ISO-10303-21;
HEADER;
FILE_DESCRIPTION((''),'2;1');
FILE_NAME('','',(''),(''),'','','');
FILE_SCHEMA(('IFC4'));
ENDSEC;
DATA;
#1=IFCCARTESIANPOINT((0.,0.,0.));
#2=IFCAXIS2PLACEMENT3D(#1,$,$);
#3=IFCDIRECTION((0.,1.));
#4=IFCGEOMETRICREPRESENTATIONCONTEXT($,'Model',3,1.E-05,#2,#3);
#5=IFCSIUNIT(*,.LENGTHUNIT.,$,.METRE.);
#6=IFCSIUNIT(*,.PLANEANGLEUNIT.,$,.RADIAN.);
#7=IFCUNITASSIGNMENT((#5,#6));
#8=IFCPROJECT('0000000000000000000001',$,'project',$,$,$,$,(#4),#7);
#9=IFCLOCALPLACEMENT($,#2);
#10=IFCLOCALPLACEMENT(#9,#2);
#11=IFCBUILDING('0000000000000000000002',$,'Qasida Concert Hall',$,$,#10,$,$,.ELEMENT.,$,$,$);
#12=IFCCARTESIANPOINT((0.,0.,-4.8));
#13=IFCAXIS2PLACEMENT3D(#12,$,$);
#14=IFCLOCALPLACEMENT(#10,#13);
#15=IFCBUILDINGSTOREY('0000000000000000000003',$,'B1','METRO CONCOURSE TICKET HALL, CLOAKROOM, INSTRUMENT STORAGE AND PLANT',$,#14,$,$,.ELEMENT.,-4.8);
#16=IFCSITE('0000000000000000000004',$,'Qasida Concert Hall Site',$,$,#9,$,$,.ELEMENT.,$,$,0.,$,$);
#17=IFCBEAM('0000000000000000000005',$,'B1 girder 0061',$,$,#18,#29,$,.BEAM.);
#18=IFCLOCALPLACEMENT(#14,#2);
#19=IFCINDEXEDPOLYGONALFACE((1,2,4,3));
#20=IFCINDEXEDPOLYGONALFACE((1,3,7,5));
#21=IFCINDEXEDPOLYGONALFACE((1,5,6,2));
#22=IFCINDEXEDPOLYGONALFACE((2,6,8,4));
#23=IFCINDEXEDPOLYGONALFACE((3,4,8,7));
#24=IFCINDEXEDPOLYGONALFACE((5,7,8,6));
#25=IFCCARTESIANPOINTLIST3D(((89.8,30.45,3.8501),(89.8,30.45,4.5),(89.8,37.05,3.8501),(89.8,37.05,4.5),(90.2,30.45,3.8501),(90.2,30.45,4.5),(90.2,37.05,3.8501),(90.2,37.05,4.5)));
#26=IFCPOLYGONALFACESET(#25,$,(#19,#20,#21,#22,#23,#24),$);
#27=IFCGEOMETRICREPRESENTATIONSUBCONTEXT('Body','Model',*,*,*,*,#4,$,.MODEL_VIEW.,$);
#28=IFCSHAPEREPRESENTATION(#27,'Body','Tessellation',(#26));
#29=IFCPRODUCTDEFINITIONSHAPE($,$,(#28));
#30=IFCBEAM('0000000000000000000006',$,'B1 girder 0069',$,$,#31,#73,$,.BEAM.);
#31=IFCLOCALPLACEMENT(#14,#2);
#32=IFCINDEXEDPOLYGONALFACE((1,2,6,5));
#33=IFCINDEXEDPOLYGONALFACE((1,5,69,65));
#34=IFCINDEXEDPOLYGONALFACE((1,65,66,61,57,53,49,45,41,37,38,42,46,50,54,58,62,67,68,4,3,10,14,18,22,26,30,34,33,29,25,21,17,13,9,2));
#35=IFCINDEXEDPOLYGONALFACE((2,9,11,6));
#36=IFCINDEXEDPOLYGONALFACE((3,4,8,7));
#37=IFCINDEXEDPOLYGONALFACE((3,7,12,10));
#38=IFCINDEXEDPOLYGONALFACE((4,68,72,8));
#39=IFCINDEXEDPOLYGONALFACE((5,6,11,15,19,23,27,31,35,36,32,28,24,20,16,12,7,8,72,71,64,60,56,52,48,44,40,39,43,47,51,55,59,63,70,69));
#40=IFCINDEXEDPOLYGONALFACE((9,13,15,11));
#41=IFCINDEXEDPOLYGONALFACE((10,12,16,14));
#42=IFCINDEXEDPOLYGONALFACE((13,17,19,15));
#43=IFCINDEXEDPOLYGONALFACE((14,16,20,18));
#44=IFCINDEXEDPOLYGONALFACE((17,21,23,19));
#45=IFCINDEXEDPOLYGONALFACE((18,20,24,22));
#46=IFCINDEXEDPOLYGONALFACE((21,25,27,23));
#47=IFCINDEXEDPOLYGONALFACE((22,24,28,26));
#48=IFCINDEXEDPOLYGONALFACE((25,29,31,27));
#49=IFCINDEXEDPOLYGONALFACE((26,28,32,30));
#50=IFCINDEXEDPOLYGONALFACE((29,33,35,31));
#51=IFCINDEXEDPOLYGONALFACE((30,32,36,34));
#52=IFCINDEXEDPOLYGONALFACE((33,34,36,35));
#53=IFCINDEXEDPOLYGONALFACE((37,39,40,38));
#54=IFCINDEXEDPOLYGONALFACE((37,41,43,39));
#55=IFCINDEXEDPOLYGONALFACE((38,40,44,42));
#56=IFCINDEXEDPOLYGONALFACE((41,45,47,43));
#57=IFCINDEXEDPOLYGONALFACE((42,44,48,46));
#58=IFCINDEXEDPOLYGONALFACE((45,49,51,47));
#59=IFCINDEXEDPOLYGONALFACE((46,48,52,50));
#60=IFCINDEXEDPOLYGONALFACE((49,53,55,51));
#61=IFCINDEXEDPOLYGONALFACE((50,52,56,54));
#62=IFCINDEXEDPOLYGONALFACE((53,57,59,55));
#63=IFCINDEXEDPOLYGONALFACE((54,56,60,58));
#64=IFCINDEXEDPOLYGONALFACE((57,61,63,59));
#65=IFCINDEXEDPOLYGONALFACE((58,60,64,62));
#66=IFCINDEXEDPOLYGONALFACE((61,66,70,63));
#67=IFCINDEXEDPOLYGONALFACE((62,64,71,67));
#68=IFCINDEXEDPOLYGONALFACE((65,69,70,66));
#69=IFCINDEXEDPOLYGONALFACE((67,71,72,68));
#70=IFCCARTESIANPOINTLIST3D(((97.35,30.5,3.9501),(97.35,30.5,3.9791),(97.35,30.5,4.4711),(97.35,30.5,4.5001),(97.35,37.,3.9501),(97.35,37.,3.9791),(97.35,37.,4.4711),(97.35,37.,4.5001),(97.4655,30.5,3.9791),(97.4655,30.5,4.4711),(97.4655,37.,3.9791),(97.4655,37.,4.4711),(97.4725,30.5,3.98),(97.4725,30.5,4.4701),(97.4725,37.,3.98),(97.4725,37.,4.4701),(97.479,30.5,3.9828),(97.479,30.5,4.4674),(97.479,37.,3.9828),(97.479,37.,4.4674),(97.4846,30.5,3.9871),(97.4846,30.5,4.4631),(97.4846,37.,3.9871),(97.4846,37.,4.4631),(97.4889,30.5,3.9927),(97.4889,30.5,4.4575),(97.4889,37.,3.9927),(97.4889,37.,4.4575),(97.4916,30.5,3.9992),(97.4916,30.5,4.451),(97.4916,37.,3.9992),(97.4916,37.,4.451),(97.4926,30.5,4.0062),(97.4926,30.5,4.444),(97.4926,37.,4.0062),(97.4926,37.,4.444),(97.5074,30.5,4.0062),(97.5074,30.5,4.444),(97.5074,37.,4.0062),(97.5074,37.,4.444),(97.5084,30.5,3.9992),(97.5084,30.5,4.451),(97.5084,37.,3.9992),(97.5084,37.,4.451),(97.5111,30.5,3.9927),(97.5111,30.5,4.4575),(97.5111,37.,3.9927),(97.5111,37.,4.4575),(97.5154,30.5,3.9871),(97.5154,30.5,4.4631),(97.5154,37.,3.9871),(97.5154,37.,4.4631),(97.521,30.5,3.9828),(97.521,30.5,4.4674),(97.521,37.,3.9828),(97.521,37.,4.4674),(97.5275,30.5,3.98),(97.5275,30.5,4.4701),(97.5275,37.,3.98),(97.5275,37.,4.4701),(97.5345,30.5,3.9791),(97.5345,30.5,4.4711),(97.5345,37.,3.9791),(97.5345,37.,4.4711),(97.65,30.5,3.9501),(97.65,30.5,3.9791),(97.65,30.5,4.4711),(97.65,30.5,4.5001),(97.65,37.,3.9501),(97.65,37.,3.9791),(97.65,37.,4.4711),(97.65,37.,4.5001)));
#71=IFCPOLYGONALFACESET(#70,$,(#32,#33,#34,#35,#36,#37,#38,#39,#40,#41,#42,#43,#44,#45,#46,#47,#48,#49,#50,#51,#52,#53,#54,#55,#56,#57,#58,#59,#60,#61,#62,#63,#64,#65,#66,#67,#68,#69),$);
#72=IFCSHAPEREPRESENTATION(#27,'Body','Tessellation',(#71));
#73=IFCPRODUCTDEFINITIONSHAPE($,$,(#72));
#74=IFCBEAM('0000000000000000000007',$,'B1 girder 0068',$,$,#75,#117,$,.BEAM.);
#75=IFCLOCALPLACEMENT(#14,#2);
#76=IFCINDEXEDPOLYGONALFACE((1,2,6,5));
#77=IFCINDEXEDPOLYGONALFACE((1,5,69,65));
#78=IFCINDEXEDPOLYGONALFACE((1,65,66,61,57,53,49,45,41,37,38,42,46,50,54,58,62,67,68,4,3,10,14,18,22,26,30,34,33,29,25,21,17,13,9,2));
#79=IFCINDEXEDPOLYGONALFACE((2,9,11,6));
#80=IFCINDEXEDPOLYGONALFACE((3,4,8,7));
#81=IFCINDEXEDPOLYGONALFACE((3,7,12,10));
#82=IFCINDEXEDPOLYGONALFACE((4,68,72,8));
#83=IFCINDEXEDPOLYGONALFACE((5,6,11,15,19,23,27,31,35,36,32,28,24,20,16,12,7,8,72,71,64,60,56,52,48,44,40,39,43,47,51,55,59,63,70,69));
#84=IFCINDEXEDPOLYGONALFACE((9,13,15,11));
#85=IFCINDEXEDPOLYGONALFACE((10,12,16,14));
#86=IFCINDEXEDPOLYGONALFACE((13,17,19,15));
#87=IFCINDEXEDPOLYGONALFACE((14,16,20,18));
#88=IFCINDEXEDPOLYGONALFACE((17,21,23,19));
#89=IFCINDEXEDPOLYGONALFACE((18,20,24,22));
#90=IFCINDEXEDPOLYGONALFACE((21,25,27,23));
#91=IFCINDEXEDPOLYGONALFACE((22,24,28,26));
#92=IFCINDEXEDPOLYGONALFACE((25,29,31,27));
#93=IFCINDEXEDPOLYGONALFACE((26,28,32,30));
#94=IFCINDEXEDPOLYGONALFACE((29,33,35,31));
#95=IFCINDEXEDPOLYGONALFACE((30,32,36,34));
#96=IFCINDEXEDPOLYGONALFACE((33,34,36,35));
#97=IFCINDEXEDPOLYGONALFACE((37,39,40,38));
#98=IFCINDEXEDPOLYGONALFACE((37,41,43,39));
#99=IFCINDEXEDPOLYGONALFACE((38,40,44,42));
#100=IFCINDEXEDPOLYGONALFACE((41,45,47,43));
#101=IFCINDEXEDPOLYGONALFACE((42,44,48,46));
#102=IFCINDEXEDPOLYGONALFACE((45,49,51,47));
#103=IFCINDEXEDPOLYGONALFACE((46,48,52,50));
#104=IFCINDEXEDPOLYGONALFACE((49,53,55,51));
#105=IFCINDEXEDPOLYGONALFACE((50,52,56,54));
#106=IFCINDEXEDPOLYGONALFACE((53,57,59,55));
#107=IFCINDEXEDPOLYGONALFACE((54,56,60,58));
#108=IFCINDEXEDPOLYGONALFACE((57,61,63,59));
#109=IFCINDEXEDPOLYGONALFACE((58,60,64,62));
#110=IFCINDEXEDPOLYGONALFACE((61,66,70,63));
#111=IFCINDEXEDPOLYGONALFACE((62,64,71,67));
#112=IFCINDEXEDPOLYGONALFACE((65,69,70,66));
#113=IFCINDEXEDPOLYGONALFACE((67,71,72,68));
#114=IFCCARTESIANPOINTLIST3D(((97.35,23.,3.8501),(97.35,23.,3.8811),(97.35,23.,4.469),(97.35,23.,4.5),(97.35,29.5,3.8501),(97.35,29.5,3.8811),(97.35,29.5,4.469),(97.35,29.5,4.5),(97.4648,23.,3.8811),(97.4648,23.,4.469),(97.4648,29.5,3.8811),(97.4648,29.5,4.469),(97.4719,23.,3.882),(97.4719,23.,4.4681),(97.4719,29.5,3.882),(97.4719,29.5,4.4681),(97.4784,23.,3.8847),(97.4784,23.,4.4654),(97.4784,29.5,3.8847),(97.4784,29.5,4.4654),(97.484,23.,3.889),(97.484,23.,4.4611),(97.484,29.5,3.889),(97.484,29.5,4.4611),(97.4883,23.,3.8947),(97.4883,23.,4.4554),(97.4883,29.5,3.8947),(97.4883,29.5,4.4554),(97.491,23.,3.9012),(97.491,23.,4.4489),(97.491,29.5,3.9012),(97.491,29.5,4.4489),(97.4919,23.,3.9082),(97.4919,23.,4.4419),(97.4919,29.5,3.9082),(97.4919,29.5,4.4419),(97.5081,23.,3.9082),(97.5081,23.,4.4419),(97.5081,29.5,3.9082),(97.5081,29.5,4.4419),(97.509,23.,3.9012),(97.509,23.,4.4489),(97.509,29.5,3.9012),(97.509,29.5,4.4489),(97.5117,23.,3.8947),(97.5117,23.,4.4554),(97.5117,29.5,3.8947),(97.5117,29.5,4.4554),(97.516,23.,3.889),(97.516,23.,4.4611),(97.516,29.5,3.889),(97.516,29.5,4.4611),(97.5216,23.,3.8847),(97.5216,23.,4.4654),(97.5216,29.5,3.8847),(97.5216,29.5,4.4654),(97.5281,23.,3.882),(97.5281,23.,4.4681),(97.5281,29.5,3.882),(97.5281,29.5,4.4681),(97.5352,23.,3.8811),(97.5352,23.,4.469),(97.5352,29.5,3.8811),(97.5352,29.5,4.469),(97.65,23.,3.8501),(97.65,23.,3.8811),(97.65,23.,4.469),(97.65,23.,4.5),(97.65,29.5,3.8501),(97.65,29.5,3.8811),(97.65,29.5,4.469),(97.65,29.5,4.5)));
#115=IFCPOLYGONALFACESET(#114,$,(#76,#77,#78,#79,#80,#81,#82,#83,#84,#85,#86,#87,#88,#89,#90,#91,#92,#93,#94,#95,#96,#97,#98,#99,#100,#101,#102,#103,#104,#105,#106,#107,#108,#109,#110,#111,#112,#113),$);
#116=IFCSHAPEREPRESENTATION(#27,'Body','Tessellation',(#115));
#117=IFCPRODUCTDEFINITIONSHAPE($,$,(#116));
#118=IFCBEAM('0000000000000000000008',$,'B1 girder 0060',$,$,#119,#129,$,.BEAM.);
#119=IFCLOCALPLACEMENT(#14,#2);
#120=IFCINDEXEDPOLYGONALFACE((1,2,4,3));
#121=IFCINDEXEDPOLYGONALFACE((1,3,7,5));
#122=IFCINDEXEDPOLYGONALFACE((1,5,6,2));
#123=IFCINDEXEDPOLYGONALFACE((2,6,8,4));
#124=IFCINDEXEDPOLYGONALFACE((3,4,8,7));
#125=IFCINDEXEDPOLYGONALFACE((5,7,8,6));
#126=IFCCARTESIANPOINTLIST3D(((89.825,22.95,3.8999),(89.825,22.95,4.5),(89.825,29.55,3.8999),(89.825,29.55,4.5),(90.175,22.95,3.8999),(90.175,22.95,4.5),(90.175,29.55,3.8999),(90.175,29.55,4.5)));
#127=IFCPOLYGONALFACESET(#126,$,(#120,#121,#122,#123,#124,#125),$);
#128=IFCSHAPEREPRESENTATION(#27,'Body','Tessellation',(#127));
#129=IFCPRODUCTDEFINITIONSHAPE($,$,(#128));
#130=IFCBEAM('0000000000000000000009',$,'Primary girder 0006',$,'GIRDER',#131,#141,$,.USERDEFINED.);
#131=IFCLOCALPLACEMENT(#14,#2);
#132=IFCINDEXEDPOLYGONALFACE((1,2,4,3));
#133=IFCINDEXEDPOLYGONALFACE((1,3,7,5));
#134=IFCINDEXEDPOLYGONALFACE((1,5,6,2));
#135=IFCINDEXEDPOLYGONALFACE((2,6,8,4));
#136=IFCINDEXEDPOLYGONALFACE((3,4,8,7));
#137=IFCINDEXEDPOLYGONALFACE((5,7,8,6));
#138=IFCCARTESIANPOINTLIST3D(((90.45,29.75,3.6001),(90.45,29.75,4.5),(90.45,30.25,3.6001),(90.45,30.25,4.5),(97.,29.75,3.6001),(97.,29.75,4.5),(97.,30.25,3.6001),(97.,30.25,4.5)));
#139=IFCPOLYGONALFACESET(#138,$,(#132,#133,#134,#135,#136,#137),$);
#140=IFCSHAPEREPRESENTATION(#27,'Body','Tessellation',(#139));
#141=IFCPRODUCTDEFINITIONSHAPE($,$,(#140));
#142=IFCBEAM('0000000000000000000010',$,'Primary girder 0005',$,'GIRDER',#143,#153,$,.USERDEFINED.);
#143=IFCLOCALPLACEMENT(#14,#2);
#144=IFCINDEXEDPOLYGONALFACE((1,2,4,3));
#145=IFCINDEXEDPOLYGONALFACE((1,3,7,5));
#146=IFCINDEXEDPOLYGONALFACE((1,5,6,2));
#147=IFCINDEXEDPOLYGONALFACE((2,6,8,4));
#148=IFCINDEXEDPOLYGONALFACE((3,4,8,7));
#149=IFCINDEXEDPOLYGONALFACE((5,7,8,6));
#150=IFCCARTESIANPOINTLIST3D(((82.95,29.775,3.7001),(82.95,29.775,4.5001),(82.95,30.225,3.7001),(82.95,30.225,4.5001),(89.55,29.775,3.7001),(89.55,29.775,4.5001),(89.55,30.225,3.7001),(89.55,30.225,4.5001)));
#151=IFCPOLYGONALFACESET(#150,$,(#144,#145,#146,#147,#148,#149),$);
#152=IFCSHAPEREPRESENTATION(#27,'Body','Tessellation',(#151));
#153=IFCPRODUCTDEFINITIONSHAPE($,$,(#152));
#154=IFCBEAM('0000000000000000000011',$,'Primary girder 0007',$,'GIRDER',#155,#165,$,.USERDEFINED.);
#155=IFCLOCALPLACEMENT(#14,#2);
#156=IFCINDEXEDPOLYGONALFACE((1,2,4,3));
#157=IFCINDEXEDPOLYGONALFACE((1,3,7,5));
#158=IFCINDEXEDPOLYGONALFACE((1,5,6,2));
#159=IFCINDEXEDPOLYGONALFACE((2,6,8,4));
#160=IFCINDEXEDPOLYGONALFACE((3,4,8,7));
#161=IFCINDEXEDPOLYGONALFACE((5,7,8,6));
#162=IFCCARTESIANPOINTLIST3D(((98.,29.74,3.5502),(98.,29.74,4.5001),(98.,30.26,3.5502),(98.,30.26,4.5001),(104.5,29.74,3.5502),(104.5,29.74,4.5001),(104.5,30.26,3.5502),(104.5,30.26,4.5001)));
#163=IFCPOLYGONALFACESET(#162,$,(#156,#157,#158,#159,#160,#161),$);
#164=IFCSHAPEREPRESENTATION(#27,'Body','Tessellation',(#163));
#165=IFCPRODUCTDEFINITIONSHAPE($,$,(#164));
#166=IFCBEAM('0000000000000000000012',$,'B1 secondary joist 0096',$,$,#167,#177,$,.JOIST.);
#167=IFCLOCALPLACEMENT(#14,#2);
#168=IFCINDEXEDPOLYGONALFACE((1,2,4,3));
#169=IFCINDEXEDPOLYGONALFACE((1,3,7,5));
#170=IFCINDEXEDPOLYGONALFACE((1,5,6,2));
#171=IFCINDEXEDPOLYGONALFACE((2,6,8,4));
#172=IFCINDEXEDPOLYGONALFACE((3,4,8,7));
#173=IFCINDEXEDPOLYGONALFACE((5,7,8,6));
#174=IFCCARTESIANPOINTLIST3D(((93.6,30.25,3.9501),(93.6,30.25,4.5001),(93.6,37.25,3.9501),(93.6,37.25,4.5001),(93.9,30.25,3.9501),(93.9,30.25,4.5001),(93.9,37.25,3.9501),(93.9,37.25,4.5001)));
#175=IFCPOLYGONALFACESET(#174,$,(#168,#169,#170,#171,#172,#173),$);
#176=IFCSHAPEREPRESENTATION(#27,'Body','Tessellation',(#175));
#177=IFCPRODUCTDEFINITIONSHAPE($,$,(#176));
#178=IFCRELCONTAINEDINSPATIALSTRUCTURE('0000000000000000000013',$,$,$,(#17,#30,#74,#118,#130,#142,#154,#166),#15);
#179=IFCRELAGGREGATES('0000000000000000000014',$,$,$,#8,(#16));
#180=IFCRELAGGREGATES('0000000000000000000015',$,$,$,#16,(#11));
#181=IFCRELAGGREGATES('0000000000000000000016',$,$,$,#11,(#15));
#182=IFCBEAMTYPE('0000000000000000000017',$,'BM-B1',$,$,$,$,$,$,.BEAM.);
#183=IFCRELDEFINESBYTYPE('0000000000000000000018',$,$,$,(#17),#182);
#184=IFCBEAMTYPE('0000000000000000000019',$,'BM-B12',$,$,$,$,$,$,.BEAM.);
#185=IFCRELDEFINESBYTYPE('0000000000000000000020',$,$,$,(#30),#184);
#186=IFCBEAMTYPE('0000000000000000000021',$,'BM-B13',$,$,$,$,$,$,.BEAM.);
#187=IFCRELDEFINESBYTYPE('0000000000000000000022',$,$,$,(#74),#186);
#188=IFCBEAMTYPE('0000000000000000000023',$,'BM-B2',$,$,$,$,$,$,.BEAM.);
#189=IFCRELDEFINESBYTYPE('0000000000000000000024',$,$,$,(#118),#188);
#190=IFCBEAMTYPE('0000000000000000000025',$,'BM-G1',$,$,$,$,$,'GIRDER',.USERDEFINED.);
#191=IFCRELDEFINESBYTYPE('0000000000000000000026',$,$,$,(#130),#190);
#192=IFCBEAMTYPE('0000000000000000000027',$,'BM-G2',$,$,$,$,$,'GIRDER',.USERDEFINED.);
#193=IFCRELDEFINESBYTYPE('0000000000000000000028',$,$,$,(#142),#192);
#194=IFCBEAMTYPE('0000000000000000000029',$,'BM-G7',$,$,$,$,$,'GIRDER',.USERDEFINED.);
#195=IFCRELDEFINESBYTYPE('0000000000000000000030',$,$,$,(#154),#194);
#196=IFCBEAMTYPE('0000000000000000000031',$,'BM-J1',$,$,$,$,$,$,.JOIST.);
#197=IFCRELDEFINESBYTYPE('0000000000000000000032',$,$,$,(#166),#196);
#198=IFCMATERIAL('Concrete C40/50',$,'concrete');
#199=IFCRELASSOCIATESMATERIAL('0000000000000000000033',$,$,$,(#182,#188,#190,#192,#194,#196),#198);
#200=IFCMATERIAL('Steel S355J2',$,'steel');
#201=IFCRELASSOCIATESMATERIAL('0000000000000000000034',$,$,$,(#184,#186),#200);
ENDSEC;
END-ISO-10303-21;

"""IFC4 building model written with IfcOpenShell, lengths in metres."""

from ifc_helpers import new_model, si_unit, direction, frame, origin, origin_2d, place, context, subcontext, project, spatial, rectangle, i_section, extrude, material, material_profile, profile_set, type_object, element, save


model = new_model("IFC4")

# Units and contexts
model_context = context("Model", 3, precision=1e-05, world=origin(), true_north=direction((0.0, 1.0)))
body_context = subcontext(model_context, "Body", "Model", "MODEL_VIEW")
ifc_project = project(units=[si_unit("LENGTHUNIT", "METRE"), si_unit("PLANEANGLEUNIT", "RADIAN")], contexts=[model_context])

# Site, building, storey
site_placement = place(None, origin())
site = spatial("IfcSite", under=ifc_project, at=site_placement, Name="Qasida Concert Hall Site", CompositionType="ELEMENT", RefElevation=0.0)
building_placement = place(site_placement, origin())
building = spatial("IfcBuilding", under=site, at=building_placement, Name="Qasida Concert Hall", CompositionType="ELEMENT")
storey_placement = place(building_placement, frame((0.0, 0.0, -4.8)))
storey = spatial("IfcBuildingStorey", under=building, at=storey_placement, Name="B1", Description="METRO CONCOURSE TICKET HALL, CLOAKROOM, INSTRUMENT STORAGE AND PLANT", CompositionType="ELEMENT", Elevation=-4.8)

# Shared definitions
ifc_material_1 = material(Name="Concrete C40/50", Category="concrete")

# Beams
ifc_material_profile_1 = material_profile(ifc_material_1, rectangle(XDim=0.3999, YDim=0.6499, at=origin_2d()), Name="RC 400x650")
ifc_profile_set_1 = profile_set([ifc_material_profile_1], Name="Concrete C40/50")
beam_type_1 = type_object("IfcBeamType", Name="BM-B1", PredefinedType="BEAM", material=ifc_profile_set_1)
beam_1_placement = place(storey_placement, frame((90.0, 30.45, 4.175), z_axis=(0.0, 1.0, 0.0), x_axis=(-1.0, 0.0, 0.0)))
element("IfcBeam", 1, at=beam_1_placement, inside=storey, type_object=beam_type_1, Name="B1 girder 0061", PredefinedType="BEAM", context=body_context, shape_type="SweptSolid", body=[
    extrude(rectangle(XDim=0.3999, YDim=0.6499, at=origin_2d()), origin(), (0.0, 0.0, 1.0), 6.6001),
])
ifc_material_2 = material(Name="Steel S355J2", Category="steel")
ifc_material_profile_2 = material_profile(ifc_material_2, i_section(OverallWidth=0.3, OverallDepth=0.55, WebThickness=0.0149, FlangeThickness=0.0291, FilletRadius=0.0271, at=origin_2d()), Name="HEB 550")
ifc_profile_set_2 = profile_set([ifc_material_profile_2], Name="Steel S355J2")
beam_type_2 = type_object("IfcBeamType", Name="BM-B12", PredefinedType="BEAM", material=ifc_profile_set_2)
beam_2_placement = place(storey_placement, frame((97.5, 30.5, 4.2251), z_axis=(0.0, 1.0, 0.0), x_axis=(-1.0, 0.0, 0.0)))
element("IfcBeam", 2, at=beam_2_placement, inside=storey, type_object=beam_type_2, Name="B1 girder 0069", PredefinedType="BEAM", context=body_context, shape_type="SweptSolid", body=[
    extrude(i_section(OverallWidth=0.3, OverallDepth=0.55, WebThickness=0.0149, FlangeThickness=0.0291, FilletRadius=0.0271, at=origin_2d()), origin(), (0.0, 0.0, 1.0), 6.5),
])
ifc_material_profile_3 = material_profile(ifc_material_2, i_section(OverallWidth=0.3, OverallDepth=0.6499, WebThickness=0.0161, FlangeThickness=0.031, FilletRadius=0.0271, at=origin_2d()), Name="HEB 650")
ifc_profile_set_3 = profile_set([ifc_material_profile_3], Name="Steel S355J2")
beam_type_3 = type_object("IfcBeamType", Name="BM-B13", PredefinedType="BEAM", material=ifc_profile_set_3)
beam_3_placement = place(storey_placement, frame((97.5, 23.0, 4.175), z_axis=(0.0, 1.0, 0.0), x_axis=(-1.0, 0.0, 0.0)))
element("IfcBeam", 3, at=beam_3_placement, inside=storey, type_object=beam_type_3, Name="B1 girder 0068", PredefinedType="BEAM", context=body_context, shape_type="SweptSolid", body=[
    extrude(i_section(OverallWidth=0.3, OverallDepth=0.6499, WebThickness=0.0161, FlangeThickness=0.031, FilletRadius=0.0271, at=origin_2d()), origin(), (0.0, 0.0, 1.0), 6.5),
])
ifc_material_profile_4 = material_profile(ifc_material_1, rectangle(XDim=0.3501, YDim=0.6001, at=origin_2d()), Name="RC 350x600")
ifc_profile_set_4 = profile_set([ifc_material_profile_4], Name="Concrete C40/50")
beam_type_4 = type_object("IfcBeamType", Name="BM-B2", PredefinedType="BEAM", material=ifc_profile_set_4)
beam_4_placement = place(storey_placement, frame((90.0, 22.95, 4.2), z_axis=(0.0, 1.0, 0.0), x_axis=(-1.0, 0.0, 0.0)))
element("IfcBeam", 4, at=beam_4_placement, inside=storey, type_object=beam_type_4, Name="B1 girder 0060", PredefinedType="BEAM", context=body_context, shape_type="SweptSolid", body=[
    extrude(rectangle(XDim=0.3501, YDim=0.6001, at=origin_2d()), origin(), (0.0, 0.0, 1.0), 6.6001),
])
ifc_material_profile_5 = material_profile(ifc_material_1, rectangle(XDim=0.5, YDim=0.8999, at=origin_2d()), Name="RC 500x900")
ifc_profile_set_5 = profile_set([ifc_material_profile_5], Name="Concrete C40/50")
beam_type_5 = type_object("IfcBeamType", Name="BM-G1", ElementType="GIRDER", PredefinedType="USERDEFINED", material=ifc_profile_set_5)
beam_5_placement = place(storey_placement, frame((90.45, 30.0, 4.05), z_axis=(1.0, 0.0, 0.0), x_axis=(0.0, 1.0, 0.0)))
element("IfcBeam", 5, at=beam_5_placement, inside=storey, type_object=beam_type_5, Name="Primary girder 0006", ObjectType="GIRDER", PredefinedType="USERDEFINED", context=body_context, shape_type="SweptSolid", body=[
    extrude(rectangle(XDim=0.5, YDim=0.8999, at=origin_2d()), origin(), (0.0, 0.0, 1.0), 6.55),
])
ifc_material_profile_6 = material_profile(ifc_material_1, rectangle(XDim=0.45, YDim=0.8, at=origin_2d()), Name="RC 450x800")
ifc_profile_set_6 = profile_set([ifc_material_profile_6], Name="Concrete C40/50")
beam_type_6 = type_object("IfcBeamType", Name="BM-G2", ElementType="GIRDER", PredefinedType="USERDEFINED", material=ifc_profile_set_6)
beam_6_placement = place(storey_placement, frame((82.95, 30.0, 4.1001), z_axis=(1.0, 0.0, 0.0), x_axis=(0.0, 1.0, 0.0)))
element("IfcBeam", 6, at=beam_6_placement, inside=storey, type_object=beam_type_6, Name="Primary girder 0005", ObjectType="GIRDER", PredefinedType="USERDEFINED", context=body_context, shape_type="SweptSolid", body=[
    extrude(rectangle(XDim=0.45, YDim=0.8, at=origin_2d()), origin(), (0.0, 0.0, 1.0), 6.6001),
])
ifc_material_profile_7 = material_profile(ifc_material_1, rectangle(XDim=0.52, YDim=0.95, at=origin_2d()), Name="RC 520x950")
ifc_profile_set_7 = profile_set([ifc_material_profile_7], Name="Concrete C40/50")
beam_type_7 = type_object("IfcBeamType", Name="BM-G7", ElementType="GIRDER", PredefinedType="USERDEFINED", material=ifc_profile_set_7)
beam_7_placement = place(storey_placement, frame((98.0, 30.0, 4.0251), z_axis=(1.0, 0.0, 0.0), x_axis=(0.0, 1.0, 0.0)))
element("IfcBeam", 7, at=beam_7_placement, inside=storey, type_object=beam_type_7, Name="Primary girder 0007", ObjectType="GIRDER", PredefinedType="USERDEFINED", context=body_context, shape_type="SweptSolid", body=[
    extrude(rectangle(XDim=0.52, YDim=0.95, at=origin_2d()), origin(), (0.0, 0.0, 1.0), 6.5),
])
ifc_material_profile_8 = material_profile(ifc_material_1, rectangle(XDim=0.3, YDim=0.55, at=origin_2d()), Name="RC 300x550")
ifc_profile_set_8 = profile_set([ifc_material_profile_8], Name="Concrete C40/50")
beam_type_8 = type_object("IfcBeamType", Name="BM-J1", PredefinedType="JOIST", material=ifc_profile_set_8)
beam_8_placement = place(storey_placement, frame((93.75, 30.25, 4.2251), z_axis=(0.0, 1.0, 0.0), x_axis=(-1.0, 0.0, 0.0)))
element("IfcBeam", 8, at=beam_8_placement, inside=storey, type_object=beam_type_8, Name="B1 secondary joist 0096", PredefinedType="JOIST", context=body_context, shape_type="SweptSolid", body=[
    extrude(rectangle(XDim=0.3, YDim=0.55, at=origin_2d()), origin(), (0.0, 0.0, 1.0), 7.0),
])

save(model, "model.ifc")
